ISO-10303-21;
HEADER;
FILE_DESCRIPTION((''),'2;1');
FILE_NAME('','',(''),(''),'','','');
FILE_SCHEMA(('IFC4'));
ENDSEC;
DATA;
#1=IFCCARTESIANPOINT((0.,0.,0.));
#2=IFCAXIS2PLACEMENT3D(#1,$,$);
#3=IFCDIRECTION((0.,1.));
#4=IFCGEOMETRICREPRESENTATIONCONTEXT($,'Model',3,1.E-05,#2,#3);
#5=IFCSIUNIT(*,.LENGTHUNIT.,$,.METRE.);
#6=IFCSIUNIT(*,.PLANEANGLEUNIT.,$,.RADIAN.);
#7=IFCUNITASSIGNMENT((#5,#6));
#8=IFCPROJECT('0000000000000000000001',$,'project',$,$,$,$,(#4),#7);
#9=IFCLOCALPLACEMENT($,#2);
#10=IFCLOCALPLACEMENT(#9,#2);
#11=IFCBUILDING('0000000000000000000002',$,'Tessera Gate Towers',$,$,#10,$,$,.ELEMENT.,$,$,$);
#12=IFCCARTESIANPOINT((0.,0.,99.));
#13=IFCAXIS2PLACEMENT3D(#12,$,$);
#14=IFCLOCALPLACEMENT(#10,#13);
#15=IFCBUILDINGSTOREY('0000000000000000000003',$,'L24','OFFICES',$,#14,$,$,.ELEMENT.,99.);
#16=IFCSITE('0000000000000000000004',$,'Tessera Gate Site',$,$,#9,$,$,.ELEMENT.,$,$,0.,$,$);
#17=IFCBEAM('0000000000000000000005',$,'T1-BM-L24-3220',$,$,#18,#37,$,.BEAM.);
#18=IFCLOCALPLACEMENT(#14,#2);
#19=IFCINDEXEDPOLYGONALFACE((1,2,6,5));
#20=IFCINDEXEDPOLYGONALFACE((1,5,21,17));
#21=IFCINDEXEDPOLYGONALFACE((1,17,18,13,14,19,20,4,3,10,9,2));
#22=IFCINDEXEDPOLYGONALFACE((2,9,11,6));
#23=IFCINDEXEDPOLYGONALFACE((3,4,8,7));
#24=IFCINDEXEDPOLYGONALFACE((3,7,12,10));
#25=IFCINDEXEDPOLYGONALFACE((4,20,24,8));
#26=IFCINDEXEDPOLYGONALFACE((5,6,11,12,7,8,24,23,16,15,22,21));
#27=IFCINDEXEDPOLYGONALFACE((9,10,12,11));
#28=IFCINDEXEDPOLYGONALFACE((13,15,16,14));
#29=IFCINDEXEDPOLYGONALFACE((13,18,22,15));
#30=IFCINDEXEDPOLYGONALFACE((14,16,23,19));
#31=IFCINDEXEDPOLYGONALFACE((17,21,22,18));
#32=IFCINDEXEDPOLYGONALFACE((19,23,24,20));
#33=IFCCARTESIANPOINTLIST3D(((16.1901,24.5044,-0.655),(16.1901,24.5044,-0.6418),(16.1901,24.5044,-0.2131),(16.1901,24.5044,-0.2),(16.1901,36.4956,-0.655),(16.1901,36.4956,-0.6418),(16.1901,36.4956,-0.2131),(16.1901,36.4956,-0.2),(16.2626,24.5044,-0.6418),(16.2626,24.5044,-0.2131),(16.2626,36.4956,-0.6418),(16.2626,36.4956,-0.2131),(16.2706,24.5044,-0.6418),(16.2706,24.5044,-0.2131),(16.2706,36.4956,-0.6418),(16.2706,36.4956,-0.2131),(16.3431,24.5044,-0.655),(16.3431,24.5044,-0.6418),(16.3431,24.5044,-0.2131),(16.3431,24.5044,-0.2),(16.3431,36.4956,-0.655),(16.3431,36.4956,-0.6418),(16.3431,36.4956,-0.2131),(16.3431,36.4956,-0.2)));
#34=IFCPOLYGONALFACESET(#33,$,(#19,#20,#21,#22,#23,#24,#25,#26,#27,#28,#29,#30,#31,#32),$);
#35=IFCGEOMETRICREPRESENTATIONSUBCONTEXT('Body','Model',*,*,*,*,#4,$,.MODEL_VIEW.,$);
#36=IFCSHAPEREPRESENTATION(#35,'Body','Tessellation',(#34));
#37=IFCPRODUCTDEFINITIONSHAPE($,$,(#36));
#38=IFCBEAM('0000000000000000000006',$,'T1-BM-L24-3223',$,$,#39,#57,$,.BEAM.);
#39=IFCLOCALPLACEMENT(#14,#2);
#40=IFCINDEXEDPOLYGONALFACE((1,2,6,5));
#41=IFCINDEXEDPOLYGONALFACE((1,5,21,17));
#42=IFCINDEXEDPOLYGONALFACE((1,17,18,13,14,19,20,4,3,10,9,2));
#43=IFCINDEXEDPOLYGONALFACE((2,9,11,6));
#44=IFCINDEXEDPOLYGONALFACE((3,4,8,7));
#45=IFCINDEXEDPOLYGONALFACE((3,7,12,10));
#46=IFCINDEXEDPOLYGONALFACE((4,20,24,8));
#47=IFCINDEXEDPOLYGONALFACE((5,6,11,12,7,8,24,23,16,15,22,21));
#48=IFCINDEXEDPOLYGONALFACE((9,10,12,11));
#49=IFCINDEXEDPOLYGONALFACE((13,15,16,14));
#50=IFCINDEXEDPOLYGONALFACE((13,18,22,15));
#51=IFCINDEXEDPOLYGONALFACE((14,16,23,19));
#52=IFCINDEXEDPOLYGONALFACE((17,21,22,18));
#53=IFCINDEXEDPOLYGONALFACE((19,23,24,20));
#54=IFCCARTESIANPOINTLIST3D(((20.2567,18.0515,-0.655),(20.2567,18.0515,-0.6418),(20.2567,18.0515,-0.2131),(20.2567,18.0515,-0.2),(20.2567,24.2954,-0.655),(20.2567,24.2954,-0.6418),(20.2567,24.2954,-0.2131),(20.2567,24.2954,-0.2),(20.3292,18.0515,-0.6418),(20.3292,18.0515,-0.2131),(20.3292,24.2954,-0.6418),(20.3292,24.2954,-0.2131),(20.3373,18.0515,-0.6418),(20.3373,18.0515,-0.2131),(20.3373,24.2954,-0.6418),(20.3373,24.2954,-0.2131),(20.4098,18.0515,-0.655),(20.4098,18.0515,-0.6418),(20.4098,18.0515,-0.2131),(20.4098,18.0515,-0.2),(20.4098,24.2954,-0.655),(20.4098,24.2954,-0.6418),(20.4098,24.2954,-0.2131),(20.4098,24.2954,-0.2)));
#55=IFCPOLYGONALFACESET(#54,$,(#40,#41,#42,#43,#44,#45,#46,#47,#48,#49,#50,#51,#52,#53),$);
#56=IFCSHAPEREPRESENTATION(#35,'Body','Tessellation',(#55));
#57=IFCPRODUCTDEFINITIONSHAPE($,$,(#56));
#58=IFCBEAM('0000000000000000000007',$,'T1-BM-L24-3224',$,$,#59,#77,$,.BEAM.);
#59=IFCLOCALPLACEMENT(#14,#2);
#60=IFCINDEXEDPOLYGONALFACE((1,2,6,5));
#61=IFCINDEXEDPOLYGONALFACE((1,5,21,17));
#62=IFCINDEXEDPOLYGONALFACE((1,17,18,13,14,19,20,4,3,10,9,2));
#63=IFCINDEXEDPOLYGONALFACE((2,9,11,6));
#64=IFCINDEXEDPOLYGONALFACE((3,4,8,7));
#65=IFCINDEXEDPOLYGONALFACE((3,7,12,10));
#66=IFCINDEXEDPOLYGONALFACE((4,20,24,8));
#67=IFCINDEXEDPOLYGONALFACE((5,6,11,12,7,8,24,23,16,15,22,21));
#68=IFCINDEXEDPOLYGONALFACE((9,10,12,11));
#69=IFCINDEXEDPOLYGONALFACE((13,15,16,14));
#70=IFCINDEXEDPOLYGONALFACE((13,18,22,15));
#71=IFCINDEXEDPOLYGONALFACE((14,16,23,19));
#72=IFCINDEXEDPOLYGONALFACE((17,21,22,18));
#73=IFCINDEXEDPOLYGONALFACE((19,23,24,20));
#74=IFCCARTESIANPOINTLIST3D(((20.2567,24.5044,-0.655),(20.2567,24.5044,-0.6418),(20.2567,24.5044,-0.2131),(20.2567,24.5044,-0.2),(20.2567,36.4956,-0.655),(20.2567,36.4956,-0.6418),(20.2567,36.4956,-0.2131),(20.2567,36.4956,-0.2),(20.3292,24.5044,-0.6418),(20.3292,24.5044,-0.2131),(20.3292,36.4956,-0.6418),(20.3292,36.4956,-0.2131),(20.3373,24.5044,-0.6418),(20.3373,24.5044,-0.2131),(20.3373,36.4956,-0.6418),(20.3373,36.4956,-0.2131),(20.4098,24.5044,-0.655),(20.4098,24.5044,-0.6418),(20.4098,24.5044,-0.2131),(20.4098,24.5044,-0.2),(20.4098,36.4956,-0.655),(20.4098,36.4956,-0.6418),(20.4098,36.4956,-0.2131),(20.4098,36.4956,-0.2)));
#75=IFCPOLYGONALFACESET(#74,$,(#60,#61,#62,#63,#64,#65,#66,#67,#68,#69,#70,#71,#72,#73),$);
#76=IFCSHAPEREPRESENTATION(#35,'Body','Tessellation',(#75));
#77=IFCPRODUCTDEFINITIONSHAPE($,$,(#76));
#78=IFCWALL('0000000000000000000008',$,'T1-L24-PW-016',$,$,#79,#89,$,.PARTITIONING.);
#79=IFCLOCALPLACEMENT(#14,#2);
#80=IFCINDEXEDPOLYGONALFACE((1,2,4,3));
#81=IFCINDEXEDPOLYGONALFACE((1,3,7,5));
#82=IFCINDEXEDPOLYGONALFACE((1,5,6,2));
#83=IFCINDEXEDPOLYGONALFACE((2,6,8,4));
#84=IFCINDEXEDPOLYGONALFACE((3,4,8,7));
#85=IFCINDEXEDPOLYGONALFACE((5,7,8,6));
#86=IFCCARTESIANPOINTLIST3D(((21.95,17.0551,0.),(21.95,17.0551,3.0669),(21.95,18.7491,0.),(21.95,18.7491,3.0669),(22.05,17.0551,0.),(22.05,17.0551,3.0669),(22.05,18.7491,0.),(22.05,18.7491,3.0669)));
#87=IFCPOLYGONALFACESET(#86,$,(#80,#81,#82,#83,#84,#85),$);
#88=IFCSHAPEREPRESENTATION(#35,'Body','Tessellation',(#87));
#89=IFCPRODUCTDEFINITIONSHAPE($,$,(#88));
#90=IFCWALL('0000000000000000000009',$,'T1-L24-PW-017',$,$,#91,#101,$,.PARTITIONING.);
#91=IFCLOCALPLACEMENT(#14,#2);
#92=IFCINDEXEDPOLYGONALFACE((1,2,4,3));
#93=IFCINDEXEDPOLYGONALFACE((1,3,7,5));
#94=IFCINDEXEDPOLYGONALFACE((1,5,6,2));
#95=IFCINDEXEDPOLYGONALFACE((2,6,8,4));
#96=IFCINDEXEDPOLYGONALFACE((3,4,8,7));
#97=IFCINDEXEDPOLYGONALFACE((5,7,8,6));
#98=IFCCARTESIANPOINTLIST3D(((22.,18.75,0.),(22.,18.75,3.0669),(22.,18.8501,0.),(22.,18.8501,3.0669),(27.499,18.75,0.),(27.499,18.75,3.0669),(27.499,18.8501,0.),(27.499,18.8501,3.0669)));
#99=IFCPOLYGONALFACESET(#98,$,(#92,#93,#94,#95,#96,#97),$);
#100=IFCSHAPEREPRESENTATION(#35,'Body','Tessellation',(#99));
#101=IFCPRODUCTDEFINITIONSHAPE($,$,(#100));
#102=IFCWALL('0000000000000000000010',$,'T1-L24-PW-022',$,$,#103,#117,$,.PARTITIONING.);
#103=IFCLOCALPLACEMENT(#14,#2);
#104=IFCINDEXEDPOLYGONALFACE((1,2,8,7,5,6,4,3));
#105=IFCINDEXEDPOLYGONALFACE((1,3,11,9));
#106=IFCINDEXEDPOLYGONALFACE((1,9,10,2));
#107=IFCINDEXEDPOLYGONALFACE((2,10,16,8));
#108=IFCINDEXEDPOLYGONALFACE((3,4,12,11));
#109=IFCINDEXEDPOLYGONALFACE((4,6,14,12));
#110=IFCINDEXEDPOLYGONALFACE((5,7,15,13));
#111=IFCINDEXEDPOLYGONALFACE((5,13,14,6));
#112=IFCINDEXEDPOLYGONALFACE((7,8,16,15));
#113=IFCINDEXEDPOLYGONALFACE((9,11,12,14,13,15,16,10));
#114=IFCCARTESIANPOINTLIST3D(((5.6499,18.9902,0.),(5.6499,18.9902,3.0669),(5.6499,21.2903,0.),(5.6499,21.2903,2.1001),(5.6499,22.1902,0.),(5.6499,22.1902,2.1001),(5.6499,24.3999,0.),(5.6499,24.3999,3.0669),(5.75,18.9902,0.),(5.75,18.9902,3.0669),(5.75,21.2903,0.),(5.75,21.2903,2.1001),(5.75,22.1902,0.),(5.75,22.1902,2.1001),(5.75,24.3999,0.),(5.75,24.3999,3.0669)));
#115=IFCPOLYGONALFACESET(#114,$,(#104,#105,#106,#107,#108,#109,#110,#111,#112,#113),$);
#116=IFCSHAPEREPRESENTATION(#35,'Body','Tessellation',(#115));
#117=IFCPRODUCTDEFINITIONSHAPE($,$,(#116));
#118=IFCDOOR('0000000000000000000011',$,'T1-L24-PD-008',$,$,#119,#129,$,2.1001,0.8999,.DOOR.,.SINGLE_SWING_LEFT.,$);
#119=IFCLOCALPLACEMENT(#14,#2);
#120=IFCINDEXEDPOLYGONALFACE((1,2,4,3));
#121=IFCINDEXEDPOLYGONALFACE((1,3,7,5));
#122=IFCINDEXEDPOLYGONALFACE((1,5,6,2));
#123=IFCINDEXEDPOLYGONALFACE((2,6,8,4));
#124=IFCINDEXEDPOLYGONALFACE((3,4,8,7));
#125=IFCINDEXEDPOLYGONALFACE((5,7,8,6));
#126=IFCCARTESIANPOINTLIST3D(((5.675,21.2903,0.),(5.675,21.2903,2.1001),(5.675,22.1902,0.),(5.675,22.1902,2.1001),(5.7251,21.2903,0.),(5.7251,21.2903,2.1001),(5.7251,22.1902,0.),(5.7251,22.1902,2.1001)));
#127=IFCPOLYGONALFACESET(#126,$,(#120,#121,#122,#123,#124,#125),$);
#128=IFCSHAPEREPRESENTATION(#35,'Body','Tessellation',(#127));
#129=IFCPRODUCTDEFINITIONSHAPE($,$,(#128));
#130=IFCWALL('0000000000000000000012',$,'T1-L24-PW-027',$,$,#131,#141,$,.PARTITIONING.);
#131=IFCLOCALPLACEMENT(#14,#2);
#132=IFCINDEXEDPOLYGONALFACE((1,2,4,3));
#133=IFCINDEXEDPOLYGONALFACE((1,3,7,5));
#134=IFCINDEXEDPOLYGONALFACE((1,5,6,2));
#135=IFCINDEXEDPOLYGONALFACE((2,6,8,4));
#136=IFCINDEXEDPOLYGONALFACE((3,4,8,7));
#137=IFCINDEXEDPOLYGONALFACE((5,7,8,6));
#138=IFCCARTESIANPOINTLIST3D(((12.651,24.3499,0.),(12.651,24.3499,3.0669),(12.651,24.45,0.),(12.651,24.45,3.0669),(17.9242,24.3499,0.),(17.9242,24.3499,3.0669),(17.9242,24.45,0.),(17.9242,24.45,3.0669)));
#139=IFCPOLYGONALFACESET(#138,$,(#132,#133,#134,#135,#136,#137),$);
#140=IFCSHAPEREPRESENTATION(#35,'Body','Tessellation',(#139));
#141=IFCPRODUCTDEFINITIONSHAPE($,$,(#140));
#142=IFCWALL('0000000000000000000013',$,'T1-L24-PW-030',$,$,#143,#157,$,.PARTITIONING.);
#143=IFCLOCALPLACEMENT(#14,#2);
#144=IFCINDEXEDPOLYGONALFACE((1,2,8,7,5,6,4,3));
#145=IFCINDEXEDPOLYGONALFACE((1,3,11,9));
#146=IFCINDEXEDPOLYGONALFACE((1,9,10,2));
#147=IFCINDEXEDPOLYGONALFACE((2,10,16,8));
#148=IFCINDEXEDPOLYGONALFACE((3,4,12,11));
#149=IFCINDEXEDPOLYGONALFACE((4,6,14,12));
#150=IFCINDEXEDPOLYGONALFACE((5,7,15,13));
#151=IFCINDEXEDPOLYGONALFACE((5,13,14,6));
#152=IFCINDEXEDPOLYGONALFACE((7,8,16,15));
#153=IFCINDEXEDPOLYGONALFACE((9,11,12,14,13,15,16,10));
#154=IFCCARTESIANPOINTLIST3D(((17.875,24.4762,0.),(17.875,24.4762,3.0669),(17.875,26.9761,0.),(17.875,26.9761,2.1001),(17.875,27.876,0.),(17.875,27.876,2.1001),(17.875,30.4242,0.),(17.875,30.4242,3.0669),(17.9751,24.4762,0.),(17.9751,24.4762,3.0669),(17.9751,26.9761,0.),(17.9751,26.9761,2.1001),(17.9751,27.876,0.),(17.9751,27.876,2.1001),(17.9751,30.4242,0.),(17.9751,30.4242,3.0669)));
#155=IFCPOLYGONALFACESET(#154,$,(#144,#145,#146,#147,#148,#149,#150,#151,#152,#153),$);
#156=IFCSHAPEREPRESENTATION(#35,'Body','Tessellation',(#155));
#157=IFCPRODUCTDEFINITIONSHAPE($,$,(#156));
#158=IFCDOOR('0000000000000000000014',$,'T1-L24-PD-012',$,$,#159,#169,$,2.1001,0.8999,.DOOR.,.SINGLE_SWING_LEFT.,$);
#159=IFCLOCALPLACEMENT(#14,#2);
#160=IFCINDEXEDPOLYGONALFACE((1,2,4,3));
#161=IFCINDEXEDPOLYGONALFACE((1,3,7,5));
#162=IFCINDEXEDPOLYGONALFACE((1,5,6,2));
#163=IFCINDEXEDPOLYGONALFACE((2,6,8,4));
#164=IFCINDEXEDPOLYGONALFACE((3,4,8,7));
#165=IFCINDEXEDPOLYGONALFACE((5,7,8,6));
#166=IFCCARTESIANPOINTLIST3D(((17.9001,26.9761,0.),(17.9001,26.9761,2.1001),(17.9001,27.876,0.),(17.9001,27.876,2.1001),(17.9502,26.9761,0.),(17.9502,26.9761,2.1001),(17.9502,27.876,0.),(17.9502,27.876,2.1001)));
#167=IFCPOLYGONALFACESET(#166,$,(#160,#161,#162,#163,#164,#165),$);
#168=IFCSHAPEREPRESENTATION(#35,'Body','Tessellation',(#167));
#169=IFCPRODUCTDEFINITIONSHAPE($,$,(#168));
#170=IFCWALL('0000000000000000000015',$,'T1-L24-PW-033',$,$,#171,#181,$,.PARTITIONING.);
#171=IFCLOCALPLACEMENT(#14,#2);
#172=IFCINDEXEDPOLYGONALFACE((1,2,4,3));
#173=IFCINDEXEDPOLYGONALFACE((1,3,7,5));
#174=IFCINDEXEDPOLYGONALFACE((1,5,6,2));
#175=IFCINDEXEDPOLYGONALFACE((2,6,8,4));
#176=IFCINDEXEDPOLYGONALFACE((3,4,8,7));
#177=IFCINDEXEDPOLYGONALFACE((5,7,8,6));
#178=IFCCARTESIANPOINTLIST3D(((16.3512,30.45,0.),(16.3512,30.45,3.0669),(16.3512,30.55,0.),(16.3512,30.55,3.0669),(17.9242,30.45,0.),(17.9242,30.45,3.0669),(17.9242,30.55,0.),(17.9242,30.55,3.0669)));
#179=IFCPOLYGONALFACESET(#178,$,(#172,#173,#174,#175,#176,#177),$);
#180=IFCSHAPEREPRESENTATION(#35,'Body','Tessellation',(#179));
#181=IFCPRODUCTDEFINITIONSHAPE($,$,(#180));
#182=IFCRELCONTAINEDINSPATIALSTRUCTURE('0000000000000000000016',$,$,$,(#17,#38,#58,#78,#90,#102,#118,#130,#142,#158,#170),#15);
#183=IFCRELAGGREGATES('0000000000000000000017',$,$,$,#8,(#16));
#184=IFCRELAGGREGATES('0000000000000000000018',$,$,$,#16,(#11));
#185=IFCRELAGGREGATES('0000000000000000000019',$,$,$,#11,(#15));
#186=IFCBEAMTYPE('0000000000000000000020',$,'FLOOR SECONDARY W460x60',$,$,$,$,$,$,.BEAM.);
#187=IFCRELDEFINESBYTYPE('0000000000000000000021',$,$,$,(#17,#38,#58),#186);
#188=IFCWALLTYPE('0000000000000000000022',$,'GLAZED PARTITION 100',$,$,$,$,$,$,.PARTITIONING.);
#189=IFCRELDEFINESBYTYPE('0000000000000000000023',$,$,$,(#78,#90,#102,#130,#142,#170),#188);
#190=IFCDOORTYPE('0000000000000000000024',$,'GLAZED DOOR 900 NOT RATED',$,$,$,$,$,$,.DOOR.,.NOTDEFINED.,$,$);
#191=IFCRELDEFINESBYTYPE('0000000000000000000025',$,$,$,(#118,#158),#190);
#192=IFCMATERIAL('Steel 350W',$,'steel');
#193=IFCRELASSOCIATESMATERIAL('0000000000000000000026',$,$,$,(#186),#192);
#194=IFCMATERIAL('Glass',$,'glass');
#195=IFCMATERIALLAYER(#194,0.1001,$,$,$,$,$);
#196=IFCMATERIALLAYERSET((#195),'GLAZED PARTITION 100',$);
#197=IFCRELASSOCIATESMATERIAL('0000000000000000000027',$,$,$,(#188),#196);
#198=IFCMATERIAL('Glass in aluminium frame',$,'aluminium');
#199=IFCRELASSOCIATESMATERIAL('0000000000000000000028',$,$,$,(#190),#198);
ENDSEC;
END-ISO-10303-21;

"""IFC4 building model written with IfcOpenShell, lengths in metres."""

from ifc_helpers import new_model, si_unit, direction, frame, frame_2d, origin, origin_2d, place, context, subcontext, project, spatial, rectangle, i_section, extrude, source, transform, mapped, material, layer, layer_set, material_profile, profile_set, type_object, element, fill, save


model = new_model("IFC4")

# Units and contexts
model_context = context("Model", 3, precision=1e-05, world=origin(), true_north=direction((0.0, 1.0)))
body_context = subcontext(model_context, "Body", "Model", "MODEL_VIEW")
ifc_project = project(units=[si_unit("LENGTHUNIT", "METRE"), si_unit("PLANEANGLEUNIT", "RADIAN")], contexts=[model_context])

# Site, building, storey
site_placement = place(None, origin())
site = spatial("IfcSite", under=ifc_project, at=site_placement, Name="Tessera Gate Site", CompositionType="ELEMENT", RefElevation=0.0)
building_placement = place(site_placement, origin())
building = spatial("IfcBuilding", under=site, at=building_placement, Name="Tessera Gate Towers", CompositionType="ELEMENT")
storey_placement = place(building_placement, frame((0.0, 0.0, 99.0)))
storey = spatial("IfcBuildingStorey", under=building, at=storey_placement, Name="L24", Description="OFFICES", CompositionType="ELEMENT", Elevation=99.0)

# Beams
ifc_material_1 = material(Name="Steel 350W", Category="steel")
ifc_material_profile_1 = material_profile(ifc_material_1, i_section(OverallWidth=0.1531, OverallDepth=0.4551, WebThickness=0.0081, FlangeThickness=0.0132, at=origin_2d()), Name="W460x60")
ifc_profile_set_1 = profile_set([ifc_material_profile_1], Name="Steel 350W")
beam_type_1 = type_object("IfcBeamType", Name="FLOOR SECONDARY W460x60", PredefinedType="BEAM", material=ifc_profile_set_1)
beam_1_placement = place(storey_placement, frame((16.2666, 24.5044, -0.4275), z_axis=(0.0, 1.0, 0.0), x_axis=(-1.0, 0.0, 0.0)))
element("IfcBeam", 1, at=beam_1_placement, inside=storey, type_object=beam_type_1, Name="T1-BM-L24-3220", PredefinedType="BEAM", context=body_context, shape_type="SweptSolid", body=[
    extrude(i_section(OverallWidth=0.1531, OverallDepth=0.4551, WebThickness=0.0081, FlangeThickness=0.0132, at=origin_2d()), origin(), (0.0, 0.0, 1.0), 11.9912),
])
beam_2_placement = place(storey_placement, frame((20.3333, 18.0515, -0.4275), z_axis=(0.0, 1.0, 0.0), x_axis=(-1.0, 0.0, 0.0)))
element("IfcBeam", 2, at=beam_2_placement, inside=storey, type_object=beam_type_1, Name="T1-BM-L24-3223", PredefinedType="BEAM", context=body_context, shape_type="SweptSolid", body=[
    extrude(i_section(OverallWidth=0.1531, OverallDepth=0.4551, WebThickness=0.0081, FlangeThickness=0.0132, at=origin_2d()), origin(), (0.0, 0.0, 1.0), 6.2439),
])
beam_3_placement = place(storey_placement, frame((20.3333, 24.5044, -0.4275), z_axis=(0.0, 1.0, 0.0), x_axis=(-1.0, 0.0, 0.0)))
element("IfcBeam", 3, at=beam_3_placement, inside=storey, type_object=beam_type_1, Name="T1-BM-L24-3224", PredefinedType="BEAM", context=body_context, shape_type="SweptSolid", body=[
    extrude(i_section(OverallWidth=0.1531, OverallDepth=0.4551, WebThickness=0.0081, FlangeThickness=0.0132, at=origin_2d()), origin(), (0.0, 0.0, 1.0), 11.9912),
])

# Walls
ifc_material_2 = material(Name="Glass", Category="glass")
ifc_layer_1 = layer(ifc_material_2, 0.1001)
ifc_layer_set_1 = layer_set([ifc_layer_1], Name="GLAZED PARTITION 100")
wall_type_1 = type_object("IfcWallType", Name="GLAZED PARTITION 100", PredefinedType="PARTITIONING", material=ifc_layer_set_1)
wall_1_placement = place(storey_placement, frame((22.0, 17.0549, 0.0), z_axis=(0.0, 0.0, 1.0), x_axis=(0.0, 1.0, 0.0)))
element("IfcWall", 4, at=wall_1_placement, inside=storey, type_object=wall_type_1, Name="T1-L24-PW-016", PredefinedType="PARTITIONING", context=body_context, shape_type="SweptSolid", body=[
    extrude(rectangle(XDim=1.6941, YDim=0.1001, at=frame_2d((0.8472, 0.0))), origin(), (0.0, 0.0, 1.0), 3.0669),
])
wall_2_placement = place(storey_placement, frame((22.0, 18.8, 0.0), z_axis=(0.0, 0.0, 1.0), x_axis=(1.0, 0.0, 0.0)))
element("IfcWall", 5, at=wall_2_placement, inside=storey, type_object=wall_type_1, Name="T1-L24-PW-017", PredefinedType="PARTITIONING", context=body_context, shape_type="SweptSolid", body=[
    extrude(rectangle(XDim=5.499, YDim=0.1001, at=frame_2d((2.7495, 0.0))), origin(), (0.0, 0.0, 1.0), 3.0669),
])

# Wall, opening, door
wall_3_placement = place(storey_placement, frame((5.7, 18.9902, 0.0), z_axis=(0.0, 0.0, 1.0), x_axis=(0.0, 1.0, 0.0)))
wall_3 = element("IfcWall", 6, at=wall_3_placement, inside=storey, type_object=wall_type_1, Name="T1-L24-PW-022", PredefinedType="PARTITIONING", context=body_context, shape_type="SweptSolid", body=[
    extrude(rectangle(XDim=5.4097, YDim=0.1001, at=frame_2d((2.7048, 0.0))), origin(), (0.0, 0.0, 1.0), 3.0669),
])
shared_shape_1 = source(origin(), body_context, "Body", "SweptSolid", [
    extrude(rectangle(XDim=0.8999, YDim=2.1001, at=frame_2d((0.45, 1.05))), frame((0.0, 0.0601, 0.0), z_axis=(0.0, -1.0, 0.0), x_axis=(1.0, 0.0, 0.0)), (0.0, 0.0, 1.0), 0.1201),
])
opening_1_placement = place(wall_3_placement, frame((2.3, 0.0, 0.0)))
opening_1 = element("IfcOpeningElement", 7, at=opening_1_placement, cuts=wall_3, PredefinedType="OPENING", context=body_context, shape_type="MappedRepresentation", body=[
    mapped(shared_shape_1, transform((0.0, 0.0, 0.0), scale=1.0)),
])
ifc_material_3 = material(Name="Glass in aluminium frame", Category="aluminium")
door_type_1 = type_object("IfcDoorType", Name="GLAZED DOOR 900 NOT RATED", OperationType="NOTDEFINED", PredefinedType="DOOR", material=ifc_material_3)
shared_shape_2 = source(origin(), body_context, "Body", "SweptSolid", [
    extrude(rectangle(XDim=0.8999, YDim=2.1001, at=frame_2d((0.45, 1.05))), frame((0.0, 0.0249, 0.0), z_axis=(0.0, -1.0, 0.0), x_axis=(1.0, 0.0, 0.0)), (0.0, 0.0, 1.0), 0.05),
])
door_1_placement = place(opening_1_placement, origin())
door_1 = element("IfcDoor", 8, at=door_1_placement, inside=storey, type_object=door_type_1, Name="T1-L24-PD-008", OperationType="SINGLE_SWING_LEFT", OverallHeight=2.1001, OverallWidth=0.8999, PredefinedType="DOOR", context=body_context, shape_type="MappedRepresentation", body=[
    mapped(shared_shape_2, transform((0.0, 0.0, 0.0), scale=1.0)),
])
fill(opening_1, door_1)

# Wall
wall_4_placement = place(storey_placement, frame((12.6509, 24.3999, 0.0), z_axis=(0.0, 0.0, 1.0), x_axis=(1.0, 0.0, 0.0)))
element("IfcWall", 9, at=wall_4_placement, inside=storey, type_object=wall_type_1, Name="T1-L24-PW-027", PredefinedType="PARTITIONING", context=body_context, shape_type="SweptSolid", body=[
    extrude(rectangle(XDim=5.2732, YDim=0.1001, at=frame_2d((2.6367, 0.0))), origin(), (0.0, 0.0, 1.0), 3.0669),
])

# Wall, opening, door
wall_5_placement = place(storey_placement, frame((17.925, 24.4761, 0.0), z_axis=(0.0, 0.0, 1.0), x_axis=(0.0, 1.0, 0.0)))
wall_5 = element("IfcWall", 10, at=wall_5_placement, inside=storey, type_object=wall_type_1, Name="T1-L24-PW-030", PredefinedType="PARTITIONING", context=body_context, shape_type="SweptSolid", body=[
    extrude(rectangle(XDim=5.948, YDim=0.1001, at=frame_2d((2.9741, 0.0))), origin(), (0.0, 0.0, 1.0), 3.0669),
])
opening_2_placement = place(wall_5_placement, frame((2.5, 0.0, 0.0)))
opening_2 = element("IfcOpeningElement", 11, at=opening_2_placement, cuts=wall_5, PredefinedType="OPENING", context=body_context, shape_type="MappedRepresentation", body=[
    mapped(shared_shape_1, transform((0.0, 0.0, 0.0), scale=1.0)),
])
door_2_placement = place(opening_2_placement, origin())
door_2 = element("IfcDoor", 12, at=door_2_placement, inside=storey, type_object=door_type_1, Name="T1-L24-PD-012", OperationType="SINGLE_SWING_LEFT", OverallHeight=2.1001, OverallWidth=0.8999, PredefinedType="DOOR", context=body_context, shape_type="MappedRepresentation", body=[
    mapped(shared_shape_2, transform((0.0, 0.0, 0.0), scale=1.0)),
])
fill(opening_2, door_2)

# Wall
wall_6_placement = place(storey_placement, frame((16.3511, 30.5, 0.0), z_axis=(0.0, 0.0, 1.0), x_axis=(1.0, 0.0, 0.0)))
element("IfcWall", 13, at=wall_6_placement, inside=storey, type_object=wall_type_1, Name="T1-L24-PW-033", PredefinedType="PARTITIONING", context=body_context, shape_type="SweptSolid", body=[
    extrude(rectangle(XDim=1.573, YDim=0.1001, at=frame_2d((0.7866, 0.0))), origin(), (0.0, 0.0, 1.0), 3.0669),
])

save(model, "model.ifc")
